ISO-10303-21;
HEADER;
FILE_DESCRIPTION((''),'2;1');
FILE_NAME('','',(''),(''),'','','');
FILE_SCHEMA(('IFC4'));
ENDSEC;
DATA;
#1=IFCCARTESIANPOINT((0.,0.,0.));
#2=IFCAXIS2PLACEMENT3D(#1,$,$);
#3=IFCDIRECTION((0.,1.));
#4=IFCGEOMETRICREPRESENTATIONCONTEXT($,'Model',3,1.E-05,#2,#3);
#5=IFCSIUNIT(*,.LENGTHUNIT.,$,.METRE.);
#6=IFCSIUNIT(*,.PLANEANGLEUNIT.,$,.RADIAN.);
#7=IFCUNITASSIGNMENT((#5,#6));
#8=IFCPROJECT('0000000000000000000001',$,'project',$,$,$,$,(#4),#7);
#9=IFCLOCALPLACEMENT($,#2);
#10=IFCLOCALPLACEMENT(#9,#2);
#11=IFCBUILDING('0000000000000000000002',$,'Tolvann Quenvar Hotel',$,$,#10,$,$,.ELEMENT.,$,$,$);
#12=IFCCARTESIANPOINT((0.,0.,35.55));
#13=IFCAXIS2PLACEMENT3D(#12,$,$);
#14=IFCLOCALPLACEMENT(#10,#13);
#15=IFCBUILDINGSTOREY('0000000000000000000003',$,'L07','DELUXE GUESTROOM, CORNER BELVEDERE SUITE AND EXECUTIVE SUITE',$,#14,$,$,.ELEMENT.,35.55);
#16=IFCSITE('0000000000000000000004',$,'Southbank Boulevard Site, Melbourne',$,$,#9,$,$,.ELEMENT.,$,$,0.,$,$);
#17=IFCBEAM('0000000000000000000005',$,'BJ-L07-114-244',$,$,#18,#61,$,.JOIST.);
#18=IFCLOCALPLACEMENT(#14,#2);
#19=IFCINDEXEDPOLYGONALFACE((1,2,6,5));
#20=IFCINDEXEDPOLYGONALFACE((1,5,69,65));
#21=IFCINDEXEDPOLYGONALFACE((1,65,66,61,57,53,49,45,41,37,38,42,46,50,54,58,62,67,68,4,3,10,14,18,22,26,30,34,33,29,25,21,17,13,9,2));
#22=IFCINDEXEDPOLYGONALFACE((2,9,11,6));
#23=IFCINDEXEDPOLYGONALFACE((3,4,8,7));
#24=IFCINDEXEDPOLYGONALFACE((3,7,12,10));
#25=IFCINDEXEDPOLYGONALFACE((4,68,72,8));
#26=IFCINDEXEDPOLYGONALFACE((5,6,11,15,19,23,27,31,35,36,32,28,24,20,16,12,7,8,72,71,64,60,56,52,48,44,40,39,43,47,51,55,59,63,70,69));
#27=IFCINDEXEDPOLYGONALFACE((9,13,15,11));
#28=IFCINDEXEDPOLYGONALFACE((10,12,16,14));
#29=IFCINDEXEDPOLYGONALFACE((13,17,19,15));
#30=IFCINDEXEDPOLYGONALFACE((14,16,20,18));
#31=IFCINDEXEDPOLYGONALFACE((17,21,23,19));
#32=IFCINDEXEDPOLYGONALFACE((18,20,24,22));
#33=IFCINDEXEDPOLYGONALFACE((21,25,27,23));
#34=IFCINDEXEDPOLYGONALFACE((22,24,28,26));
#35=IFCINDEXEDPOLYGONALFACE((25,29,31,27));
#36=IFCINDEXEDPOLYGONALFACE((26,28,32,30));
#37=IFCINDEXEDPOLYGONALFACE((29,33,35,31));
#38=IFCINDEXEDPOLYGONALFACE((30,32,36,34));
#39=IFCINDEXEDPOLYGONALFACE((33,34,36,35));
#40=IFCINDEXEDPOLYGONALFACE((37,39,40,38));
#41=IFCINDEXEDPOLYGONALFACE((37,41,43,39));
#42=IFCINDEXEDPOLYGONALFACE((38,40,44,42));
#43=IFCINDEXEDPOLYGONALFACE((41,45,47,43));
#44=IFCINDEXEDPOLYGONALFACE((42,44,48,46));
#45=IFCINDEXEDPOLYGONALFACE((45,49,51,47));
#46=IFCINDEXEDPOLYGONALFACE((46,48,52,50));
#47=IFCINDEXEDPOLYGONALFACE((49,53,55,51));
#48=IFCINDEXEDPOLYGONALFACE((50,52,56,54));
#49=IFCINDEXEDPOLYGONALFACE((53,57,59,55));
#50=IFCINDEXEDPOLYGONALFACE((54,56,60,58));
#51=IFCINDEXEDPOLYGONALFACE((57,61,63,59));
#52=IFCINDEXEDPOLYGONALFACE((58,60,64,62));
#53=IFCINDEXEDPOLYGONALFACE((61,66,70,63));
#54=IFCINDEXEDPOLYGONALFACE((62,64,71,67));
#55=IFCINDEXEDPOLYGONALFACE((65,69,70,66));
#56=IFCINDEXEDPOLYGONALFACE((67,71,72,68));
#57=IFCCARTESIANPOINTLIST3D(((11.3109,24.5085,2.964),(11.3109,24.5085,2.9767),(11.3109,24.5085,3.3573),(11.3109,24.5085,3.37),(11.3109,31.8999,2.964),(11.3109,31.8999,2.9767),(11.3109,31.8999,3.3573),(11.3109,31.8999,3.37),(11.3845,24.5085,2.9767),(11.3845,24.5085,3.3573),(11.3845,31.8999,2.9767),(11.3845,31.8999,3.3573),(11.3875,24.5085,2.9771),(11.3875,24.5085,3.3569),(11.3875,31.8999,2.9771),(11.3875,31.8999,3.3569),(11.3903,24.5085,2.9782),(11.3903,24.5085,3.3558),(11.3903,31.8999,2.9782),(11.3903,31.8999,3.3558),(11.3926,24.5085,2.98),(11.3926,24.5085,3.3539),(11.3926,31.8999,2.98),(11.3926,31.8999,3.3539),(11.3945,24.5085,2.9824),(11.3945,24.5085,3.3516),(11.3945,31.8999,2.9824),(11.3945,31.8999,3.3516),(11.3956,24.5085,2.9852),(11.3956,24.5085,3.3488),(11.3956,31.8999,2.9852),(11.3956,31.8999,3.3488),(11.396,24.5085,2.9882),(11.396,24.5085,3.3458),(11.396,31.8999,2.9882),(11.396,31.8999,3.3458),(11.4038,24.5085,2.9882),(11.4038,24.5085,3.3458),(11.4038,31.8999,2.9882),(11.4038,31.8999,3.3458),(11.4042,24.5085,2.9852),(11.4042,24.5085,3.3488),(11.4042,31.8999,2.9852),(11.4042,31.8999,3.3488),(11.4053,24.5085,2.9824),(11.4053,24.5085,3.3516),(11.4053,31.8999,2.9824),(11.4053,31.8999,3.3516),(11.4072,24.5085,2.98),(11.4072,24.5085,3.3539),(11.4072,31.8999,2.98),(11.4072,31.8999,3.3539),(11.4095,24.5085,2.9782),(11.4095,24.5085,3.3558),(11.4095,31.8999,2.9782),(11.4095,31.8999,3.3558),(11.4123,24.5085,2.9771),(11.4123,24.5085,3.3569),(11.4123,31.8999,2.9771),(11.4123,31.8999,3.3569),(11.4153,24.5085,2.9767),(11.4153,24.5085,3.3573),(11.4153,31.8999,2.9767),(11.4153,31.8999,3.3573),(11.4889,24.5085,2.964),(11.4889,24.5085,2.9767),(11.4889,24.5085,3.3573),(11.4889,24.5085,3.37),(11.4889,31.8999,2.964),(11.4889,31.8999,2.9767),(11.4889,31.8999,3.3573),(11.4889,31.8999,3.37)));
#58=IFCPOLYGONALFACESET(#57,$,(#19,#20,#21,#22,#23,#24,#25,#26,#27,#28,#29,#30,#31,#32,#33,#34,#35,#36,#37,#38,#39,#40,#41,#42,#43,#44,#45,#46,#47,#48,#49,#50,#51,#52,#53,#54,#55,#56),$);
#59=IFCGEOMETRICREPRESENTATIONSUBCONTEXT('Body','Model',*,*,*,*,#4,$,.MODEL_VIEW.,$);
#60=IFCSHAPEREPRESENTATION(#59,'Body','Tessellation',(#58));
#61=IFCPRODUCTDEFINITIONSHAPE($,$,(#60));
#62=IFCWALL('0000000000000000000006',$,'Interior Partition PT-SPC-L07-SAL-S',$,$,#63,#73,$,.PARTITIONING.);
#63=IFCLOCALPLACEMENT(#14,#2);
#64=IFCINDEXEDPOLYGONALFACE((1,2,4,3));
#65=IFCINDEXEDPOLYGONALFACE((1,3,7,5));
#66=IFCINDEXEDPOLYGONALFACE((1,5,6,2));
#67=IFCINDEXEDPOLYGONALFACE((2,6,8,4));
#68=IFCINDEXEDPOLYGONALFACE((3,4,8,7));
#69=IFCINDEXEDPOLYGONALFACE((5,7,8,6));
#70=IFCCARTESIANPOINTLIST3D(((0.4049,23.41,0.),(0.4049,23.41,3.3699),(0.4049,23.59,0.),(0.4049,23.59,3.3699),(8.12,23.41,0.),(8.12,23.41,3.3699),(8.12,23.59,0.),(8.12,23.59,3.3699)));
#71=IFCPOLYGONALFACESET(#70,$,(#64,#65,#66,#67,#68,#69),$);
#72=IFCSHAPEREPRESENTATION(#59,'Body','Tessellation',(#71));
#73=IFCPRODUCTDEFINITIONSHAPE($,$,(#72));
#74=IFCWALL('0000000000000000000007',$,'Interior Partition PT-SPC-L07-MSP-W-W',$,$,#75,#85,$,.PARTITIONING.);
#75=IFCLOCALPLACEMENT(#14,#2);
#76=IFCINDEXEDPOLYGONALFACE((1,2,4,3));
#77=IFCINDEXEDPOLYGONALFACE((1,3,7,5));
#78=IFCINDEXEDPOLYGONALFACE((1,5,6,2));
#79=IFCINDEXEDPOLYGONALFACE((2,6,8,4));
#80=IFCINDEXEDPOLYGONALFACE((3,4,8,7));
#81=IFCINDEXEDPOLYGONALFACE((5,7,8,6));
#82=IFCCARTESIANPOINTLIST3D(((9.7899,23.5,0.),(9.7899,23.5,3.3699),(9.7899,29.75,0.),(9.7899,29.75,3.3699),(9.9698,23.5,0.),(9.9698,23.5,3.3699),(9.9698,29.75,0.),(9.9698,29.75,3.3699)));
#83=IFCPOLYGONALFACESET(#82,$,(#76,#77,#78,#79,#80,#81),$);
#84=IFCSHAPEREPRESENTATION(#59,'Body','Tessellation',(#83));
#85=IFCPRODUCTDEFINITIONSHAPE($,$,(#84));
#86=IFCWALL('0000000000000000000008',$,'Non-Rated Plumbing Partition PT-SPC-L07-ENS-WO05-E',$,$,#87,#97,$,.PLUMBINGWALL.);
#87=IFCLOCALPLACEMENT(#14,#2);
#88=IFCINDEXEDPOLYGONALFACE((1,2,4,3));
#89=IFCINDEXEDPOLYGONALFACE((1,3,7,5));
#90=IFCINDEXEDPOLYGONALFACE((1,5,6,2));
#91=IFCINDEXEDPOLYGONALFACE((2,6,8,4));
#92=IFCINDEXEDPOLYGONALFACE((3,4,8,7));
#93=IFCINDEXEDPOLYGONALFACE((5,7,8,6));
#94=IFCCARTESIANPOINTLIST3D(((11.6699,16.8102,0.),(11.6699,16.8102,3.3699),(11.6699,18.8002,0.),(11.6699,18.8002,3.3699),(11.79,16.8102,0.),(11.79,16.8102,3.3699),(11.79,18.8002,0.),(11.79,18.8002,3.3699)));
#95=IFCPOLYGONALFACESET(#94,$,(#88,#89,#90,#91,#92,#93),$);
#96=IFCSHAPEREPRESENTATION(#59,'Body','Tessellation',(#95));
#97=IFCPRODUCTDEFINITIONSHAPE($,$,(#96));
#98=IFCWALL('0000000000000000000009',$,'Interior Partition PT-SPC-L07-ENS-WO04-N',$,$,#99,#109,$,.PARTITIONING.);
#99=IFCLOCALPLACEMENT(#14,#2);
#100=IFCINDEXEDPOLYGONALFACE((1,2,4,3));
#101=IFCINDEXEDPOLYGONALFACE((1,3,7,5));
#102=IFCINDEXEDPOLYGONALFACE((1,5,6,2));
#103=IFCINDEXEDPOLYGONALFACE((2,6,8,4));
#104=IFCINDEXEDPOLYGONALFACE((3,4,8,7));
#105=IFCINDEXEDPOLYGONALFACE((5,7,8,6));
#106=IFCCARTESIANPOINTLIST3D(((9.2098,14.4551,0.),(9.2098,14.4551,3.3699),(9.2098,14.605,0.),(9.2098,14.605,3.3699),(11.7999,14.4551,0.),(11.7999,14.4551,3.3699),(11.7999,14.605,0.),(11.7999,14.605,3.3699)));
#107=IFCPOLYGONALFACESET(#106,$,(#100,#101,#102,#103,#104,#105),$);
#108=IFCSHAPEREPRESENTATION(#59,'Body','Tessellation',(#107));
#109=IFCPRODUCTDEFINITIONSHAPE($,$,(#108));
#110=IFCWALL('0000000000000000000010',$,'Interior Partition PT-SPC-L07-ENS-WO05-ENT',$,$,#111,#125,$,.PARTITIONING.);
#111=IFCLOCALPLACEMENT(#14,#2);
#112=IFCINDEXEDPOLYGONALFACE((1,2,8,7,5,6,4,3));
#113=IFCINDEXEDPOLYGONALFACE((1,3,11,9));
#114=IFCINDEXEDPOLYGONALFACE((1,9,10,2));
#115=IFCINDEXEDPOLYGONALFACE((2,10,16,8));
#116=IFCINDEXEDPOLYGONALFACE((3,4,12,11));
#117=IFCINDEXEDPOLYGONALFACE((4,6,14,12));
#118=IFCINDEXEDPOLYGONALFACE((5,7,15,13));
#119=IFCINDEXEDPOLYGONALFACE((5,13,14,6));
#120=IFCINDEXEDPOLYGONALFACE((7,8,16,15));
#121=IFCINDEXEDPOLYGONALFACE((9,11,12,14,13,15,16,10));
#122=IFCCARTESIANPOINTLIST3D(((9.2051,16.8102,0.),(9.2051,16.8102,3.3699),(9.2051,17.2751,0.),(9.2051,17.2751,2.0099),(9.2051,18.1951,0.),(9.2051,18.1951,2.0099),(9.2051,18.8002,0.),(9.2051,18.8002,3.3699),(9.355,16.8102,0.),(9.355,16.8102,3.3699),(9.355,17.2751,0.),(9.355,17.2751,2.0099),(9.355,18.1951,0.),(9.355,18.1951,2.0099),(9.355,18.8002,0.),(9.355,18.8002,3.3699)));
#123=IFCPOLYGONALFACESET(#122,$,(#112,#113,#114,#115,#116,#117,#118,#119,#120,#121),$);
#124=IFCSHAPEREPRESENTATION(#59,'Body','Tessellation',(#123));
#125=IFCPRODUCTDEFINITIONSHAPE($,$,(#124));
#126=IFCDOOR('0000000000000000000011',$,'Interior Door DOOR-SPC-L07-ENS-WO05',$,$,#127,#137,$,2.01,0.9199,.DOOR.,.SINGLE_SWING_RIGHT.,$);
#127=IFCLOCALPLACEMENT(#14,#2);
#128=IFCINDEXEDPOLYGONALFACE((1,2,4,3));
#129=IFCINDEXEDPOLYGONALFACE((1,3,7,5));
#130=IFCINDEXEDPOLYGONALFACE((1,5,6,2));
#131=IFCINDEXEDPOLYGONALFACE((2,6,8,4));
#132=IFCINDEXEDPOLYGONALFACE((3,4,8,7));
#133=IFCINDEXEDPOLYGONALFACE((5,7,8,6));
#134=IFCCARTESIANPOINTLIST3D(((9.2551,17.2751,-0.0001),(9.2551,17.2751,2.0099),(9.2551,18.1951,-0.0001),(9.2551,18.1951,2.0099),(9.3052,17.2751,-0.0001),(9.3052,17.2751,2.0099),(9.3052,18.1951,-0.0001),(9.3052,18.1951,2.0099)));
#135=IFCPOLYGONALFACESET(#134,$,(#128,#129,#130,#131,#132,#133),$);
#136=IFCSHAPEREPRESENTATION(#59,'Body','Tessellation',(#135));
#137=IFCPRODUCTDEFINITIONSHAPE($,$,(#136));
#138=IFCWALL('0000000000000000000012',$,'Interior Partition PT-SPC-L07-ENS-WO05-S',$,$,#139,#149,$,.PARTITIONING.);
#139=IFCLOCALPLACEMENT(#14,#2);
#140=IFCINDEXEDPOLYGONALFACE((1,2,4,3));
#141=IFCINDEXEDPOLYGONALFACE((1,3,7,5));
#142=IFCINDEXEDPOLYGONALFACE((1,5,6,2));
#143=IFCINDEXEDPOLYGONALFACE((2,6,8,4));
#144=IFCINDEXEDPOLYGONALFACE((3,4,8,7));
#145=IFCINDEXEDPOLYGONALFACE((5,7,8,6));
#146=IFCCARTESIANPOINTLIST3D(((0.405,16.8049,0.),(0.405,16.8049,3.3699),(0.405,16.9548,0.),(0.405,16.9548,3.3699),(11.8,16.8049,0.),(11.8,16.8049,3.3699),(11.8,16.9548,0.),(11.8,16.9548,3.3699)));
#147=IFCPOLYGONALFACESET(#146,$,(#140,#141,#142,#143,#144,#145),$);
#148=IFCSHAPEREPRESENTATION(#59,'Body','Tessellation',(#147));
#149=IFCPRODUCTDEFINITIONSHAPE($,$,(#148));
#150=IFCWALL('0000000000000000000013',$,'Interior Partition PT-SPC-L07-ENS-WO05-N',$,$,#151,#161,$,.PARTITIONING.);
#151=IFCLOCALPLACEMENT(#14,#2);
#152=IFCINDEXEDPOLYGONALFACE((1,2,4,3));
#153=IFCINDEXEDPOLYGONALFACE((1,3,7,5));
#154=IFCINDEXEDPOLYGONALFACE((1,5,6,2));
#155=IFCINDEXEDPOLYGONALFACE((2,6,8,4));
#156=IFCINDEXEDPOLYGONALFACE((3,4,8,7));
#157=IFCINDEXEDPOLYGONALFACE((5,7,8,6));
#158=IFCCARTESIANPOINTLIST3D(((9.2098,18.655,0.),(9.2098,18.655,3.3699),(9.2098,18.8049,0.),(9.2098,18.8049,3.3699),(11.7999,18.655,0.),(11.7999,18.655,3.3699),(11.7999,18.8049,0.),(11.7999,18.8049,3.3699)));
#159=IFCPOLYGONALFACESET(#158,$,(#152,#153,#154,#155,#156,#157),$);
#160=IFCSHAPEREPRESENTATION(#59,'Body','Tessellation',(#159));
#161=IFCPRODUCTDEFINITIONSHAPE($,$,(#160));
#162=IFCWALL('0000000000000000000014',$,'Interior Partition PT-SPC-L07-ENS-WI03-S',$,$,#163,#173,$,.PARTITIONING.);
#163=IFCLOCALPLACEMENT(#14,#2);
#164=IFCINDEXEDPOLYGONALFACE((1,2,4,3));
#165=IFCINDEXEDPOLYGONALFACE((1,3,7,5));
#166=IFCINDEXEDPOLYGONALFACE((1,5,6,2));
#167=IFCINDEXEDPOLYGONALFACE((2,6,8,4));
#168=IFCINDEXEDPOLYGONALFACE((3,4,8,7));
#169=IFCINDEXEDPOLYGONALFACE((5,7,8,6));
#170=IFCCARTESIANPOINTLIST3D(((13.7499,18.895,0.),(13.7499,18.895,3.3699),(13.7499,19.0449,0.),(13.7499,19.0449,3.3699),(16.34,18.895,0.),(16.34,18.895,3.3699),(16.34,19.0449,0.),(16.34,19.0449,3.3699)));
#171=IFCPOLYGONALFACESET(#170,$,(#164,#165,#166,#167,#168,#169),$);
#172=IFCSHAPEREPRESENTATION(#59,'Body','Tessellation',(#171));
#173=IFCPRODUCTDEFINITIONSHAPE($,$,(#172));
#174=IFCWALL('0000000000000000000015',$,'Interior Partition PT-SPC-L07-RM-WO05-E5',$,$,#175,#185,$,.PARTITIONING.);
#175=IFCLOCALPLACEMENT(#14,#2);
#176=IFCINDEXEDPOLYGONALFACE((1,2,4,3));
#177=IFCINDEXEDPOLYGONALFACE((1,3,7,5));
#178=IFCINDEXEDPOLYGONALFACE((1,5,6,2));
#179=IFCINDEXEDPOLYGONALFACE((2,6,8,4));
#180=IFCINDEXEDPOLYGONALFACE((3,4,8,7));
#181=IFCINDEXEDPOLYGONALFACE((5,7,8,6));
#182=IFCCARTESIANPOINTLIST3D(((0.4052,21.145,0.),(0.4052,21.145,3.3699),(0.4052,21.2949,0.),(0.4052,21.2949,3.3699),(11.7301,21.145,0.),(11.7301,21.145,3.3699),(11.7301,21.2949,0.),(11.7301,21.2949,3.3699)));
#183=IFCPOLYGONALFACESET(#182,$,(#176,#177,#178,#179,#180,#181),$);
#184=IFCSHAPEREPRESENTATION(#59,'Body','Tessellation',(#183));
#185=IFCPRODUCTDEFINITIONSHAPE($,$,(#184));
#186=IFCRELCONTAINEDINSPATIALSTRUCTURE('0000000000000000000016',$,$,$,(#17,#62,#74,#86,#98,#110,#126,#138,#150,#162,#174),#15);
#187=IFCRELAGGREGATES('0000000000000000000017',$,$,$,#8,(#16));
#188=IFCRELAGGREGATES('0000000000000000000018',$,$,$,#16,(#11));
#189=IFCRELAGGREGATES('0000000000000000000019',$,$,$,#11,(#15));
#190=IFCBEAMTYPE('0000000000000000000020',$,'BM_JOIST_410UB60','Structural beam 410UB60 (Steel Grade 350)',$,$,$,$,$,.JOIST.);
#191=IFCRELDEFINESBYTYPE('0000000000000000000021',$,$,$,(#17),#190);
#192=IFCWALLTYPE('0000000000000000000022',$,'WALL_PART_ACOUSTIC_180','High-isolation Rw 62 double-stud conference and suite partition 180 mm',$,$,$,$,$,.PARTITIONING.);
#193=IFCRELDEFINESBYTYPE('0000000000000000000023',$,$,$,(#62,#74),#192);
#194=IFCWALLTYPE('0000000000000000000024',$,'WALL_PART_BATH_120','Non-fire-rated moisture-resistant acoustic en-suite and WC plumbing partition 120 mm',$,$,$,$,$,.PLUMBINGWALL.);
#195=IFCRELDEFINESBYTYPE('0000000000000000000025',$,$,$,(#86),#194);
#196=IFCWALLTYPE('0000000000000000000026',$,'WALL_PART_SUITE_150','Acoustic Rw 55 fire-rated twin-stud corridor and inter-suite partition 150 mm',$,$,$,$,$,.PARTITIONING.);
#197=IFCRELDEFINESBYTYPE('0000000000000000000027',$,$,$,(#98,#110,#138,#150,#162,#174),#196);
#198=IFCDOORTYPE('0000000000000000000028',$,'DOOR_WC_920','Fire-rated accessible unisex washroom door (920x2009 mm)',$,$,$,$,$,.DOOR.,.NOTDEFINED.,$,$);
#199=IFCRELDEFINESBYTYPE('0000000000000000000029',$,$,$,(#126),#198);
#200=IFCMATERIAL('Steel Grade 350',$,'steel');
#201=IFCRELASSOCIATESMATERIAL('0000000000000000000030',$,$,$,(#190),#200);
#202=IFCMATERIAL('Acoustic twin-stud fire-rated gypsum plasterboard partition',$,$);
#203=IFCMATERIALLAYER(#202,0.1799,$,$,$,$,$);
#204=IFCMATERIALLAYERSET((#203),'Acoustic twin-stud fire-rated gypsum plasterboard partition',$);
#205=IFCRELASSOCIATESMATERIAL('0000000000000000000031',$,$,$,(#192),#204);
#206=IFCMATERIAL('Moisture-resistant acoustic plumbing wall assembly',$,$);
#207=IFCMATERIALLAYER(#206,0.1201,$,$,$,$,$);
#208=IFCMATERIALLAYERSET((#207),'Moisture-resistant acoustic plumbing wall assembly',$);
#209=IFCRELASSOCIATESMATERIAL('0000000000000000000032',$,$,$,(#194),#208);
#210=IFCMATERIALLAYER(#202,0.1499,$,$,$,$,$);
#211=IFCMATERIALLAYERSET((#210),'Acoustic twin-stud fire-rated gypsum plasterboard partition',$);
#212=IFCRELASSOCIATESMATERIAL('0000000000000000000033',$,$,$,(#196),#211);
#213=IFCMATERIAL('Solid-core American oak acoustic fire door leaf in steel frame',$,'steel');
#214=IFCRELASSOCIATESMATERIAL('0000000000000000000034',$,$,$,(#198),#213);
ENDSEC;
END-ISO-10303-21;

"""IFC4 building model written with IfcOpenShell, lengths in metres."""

from ifc_helpers import new_model, si_unit, direction, frame, frame_2d, origin, origin_2d, place, context, subcontext, project, spatial, rectangle, i_section, extrude, source, transform, mapped, material, layer, layer_set, material_profile, profile_set, type_object, type_shapes, element, fill, save


model = new_model("IFC4")

# Units and contexts
model_context = context("Model", 3, precision=1e-05, world=origin(), true_north=direction((0.0, 1.0)))
body_context = subcontext(model_context, "Body", "Model", "MODEL_VIEW")
ifc_project = project(units=[si_unit("LENGTHUNIT", "METRE"), si_unit("PLANEANGLEUNIT", "RADIAN")], contexts=[model_context])

# Site, building, storey
site_placement = place(None, origin())
site = spatial("IfcSite", under=ifc_project, at=site_placement, Name="Southbank Boulevard Site, Melbourne", CompositionType="ELEMENT", RefElevation=0.0)
building_placement = place(site_placement, origin())
building = spatial("IfcBuilding", under=site, at=building_placement, Name="Tolvann Quenvar Hotel", CompositionType="ELEMENT")
storey_placement = place(building_placement, frame((0.0, 0.0, 35.55)))
storey = spatial("IfcBuildingStorey", under=building, at=storey_placement, Name="L07", Description="DELUXE GUESTROOM, CORNER BELVEDERE SUITE AND EXECUTIVE SUITE", CompositionType="ELEMENT", Elevation=35.55)

# Shared definitions
ifc_material_1 = material(Name="Steel Grade 350", Category="steel")

# Beam
ifc_material_profile_1 = material_profile(ifc_material_1, i_section(OverallWidth=0.178, OverallDepth=0.406, WebThickness=0.0078, FlangeThickness=0.0127, FilletRadius=0.0115, at=origin_2d()), Name="410UB60")
ifc_profile_set_1 = profile_set([ifc_material_profile_1], Name="Steel Grade 350")
beam_type_1 = type_object("IfcBeamType", Name="BM_JOIST_410UB60", Description="Structural beam 410UB60 (Steel Grade 350)", PredefinedType="JOIST", material=ifc_profile_set_1)
shared_shape_1 = source(origin(), body_context, "Body", "SweptSolid", [
    extrude(i_section(OverallWidth=0.178, OverallDepth=0.406, WebThickness=0.0078, FlangeThickness=0.0127, FilletRadius=0.0115, at=origin_2d()), origin(), (0.0, 0.0, 1.0), 7.3914),
])
beam_1_placement = place(storey_placement, frame((11.3999, 24.5085, 3.167), z_axis=(0.0, 1.0, 0.0), x_axis=(-1.0, 0.0, 0.0)))
element("IfcBeam", 1, at=beam_1_placement, inside=storey, type_object=beam_type_1, Name="BJ-L07-114-244", PredefinedType="JOIST", context=body_context, shape_type="MappedRepresentation", body=[
    mapped(shared_shape_1, transform((0.0, 0.0, 0.0), x_axis=(1.0, 0.0, 0.0), y_axis=(0.0, 1.0, 0.0), z_axis=(0.0, 0.0, 1.0), scale=1.0)),
])

# Shared definitions
ifc_material_2 = material(Name="Acoustic twin-stud fire-rated gypsum plasterboard partition")
ifc_layer_1 = layer(ifc_material_2, 0.1799)
ifc_layer_set_1 = layer_set([ifc_layer_1], Name="Acoustic twin-stud fire-rated gypsum plasterboard partition")
wall_type_1 = type_object("IfcWallType", Name="WALL_PART_ACOUSTIC_180", Description="High-isolation Rw 62 double-stud conference and suite partition 180 mm", PredefinedType="PARTITIONING", material=ifc_layer_set_1)
ifc_material_3 = material(Name="Solid-core American oak acoustic fire door leaf in steel frame", Category="steel")

# Wall
wall_1_placement = place(storey_placement, frame((0.405, 23.5, 0.0), z_axis=(0.0, 0.0, 1.0), x_axis=(1.0, 0.0, 0.0)))
element("IfcWall", 2, at=wall_1_placement, inside=storey, type_object=wall_type_1, Name="Interior Partition PT-SPC-L07-SAL-S", PredefinedType="PARTITIONING", context=body_context, shape_type="SweptSolid", body=[
    extrude(rectangle(XDim=7.7151, YDim=0.1799, at=frame_2d((3.8574, 0.0))), origin(), (0.0, 0.0, 1.0), 3.3699),
])

# Walls
wall_2_placement = place(storey_placement, frame((9.8799, 23.5, 0.0), z_axis=(0.0, 0.0, 1.0), x_axis=(0.0, 1.0, 0.0)))
element("IfcWall", 3, at=wall_2_placement, inside=storey, type_object=wall_type_1, Name="Interior Partition PT-SPC-L07-MSP-W-W", PredefinedType="PARTITIONING", context=body_context, shape_type="SweptSolid", body=[
    extrude(rectangle(XDim=6.25, YDim=0.1799, at=frame_2d((3.125, 0.0))), origin(), (0.0, 0.0, 1.0), 3.3699),
])
ifc_material_4 = material(Name="Moisture-resistant acoustic plumbing wall assembly")
ifc_layer_2 = layer(ifc_material_4, 0.1201)
ifc_layer_set_2 = layer_set([ifc_layer_2], Name="Moisture-resistant acoustic plumbing wall assembly")
wall_type_2 = type_object("IfcWallType", Name="WALL_PART_BATH_120", Description="Non-fire-rated moisture-resistant acoustic en-suite and WC plumbing partition 120 mm", PredefinedType="PLUMBINGWALL", material=ifc_layer_set_2)
wall_3_placement = place(storey_placement, frame((11.73, 16.8101, 0.0), z_axis=(0.0, 0.0, 1.0), x_axis=(0.0, 1.0, 0.0)))
element("IfcWall", 4, at=wall_3_placement, inside=storey, type_object=wall_type_2, Name="Non-Rated Plumbing Partition PT-SPC-L07-ENS-WO05-E", PredefinedType="PLUMBINGWALL", context=body_context, shape_type="SweptSolid", body=[
    extrude(rectangle(XDim=1.99, YDim=0.1201, at=frame_2d((0.9951, 0.0))), origin(), (0.0, 0.0, 1.0), 3.3699),
])
ifc_layer_3 = layer(ifc_material_2, 0.1499)
ifc_layer_set_3 = layer_set([ifc_layer_3], Name="Acoustic twin-stud fire-rated gypsum plasterboard partition")
wall_type_3 = type_object("IfcWallType", Name="WALL_PART_SUITE_150", Description="Acoustic Rw 55 fire-rated twin-stud corridor and inter-suite partition 150 mm", PredefinedType="PARTITIONING", material=ifc_layer_set_3)
wall_4_placement = place(storey_placement, frame((9.21, 14.53, 0.0), z_axis=(0.0, 0.0, 1.0), x_axis=(1.0, 0.0, 0.0)))
element("IfcWall", 5, at=wall_4_placement, inside=storey, type_object=wall_type_3, Name="Interior Partition PT-SPC-L07-ENS-WO04-N", PredefinedType="PARTITIONING", context=body_context, shape_type="SweptSolid", body=[
    extrude(rectangle(XDim=2.5901, YDim=0.1499, at=frame_2d((1.2949, 0.0))), origin(), (0.0, 0.0, 1.0), 3.3699),
])

# Wall, opening, door
wall_5_placement = place(storey_placement, frame((9.28, 16.8101, 0.0), z_axis=(0.0, 0.0, 1.0), x_axis=(0.0, 1.0, 0.0)))
wall_5 = element("IfcWall", 6, at=wall_5_placement, inside=storey, type_object=wall_type_3, Name="Interior Partition PT-SPC-L07-ENS-WO05-ENT", PredefinedType="PARTITIONING", context=body_context, shape_type="SweptSolid", body=[
    extrude(rectangle(XDim=1.99, YDim=0.1499, at=frame_2d((0.9951, 0.0))), origin(), (0.0, 0.0, 1.0), 3.3699),
])
opening_1_placement = place(wall_5_placement, frame((0.4651, 0.0, 0.0)))
opening_1 = element("IfcOpeningElement", 7, at=opening_1_placement, cuts=wall_5, PredefinedType="OPENING", context=body_context, shape_type="SweptSolid", body=[
    extrude(rectangle(XDim=0.9199, YDim=2.01, at=frame_2d((0.46, 1.0049))), frame((0.0, 0.085, 0.0), z_axis=(0.0, -1.0, 0.0), x_axis=(1.0, 0.0, 0.0)), (0.0, 0.0, 1.0), 0.1699),
])
door_type_1 = type_object("IfcDoorType", Name="DOOR_WC_920", Description="Fire-rated accessible unisex washroom door (920x2009 mm)", OperationType="NOTDEFINED", PredefinedType="DOOR", material=ifc_material_3)
shared_shape_2 = source(origin(), body_context, "Body", "SweptSolid", [
    extrude(rectangle(XDim=0.9199, YDim=2.01, at=frame_2d((0.46, 1.0049))), frame((0.0, 0.0249, 0.0), z_axis=(0.0, -1.0, 0.0), x_axis=(1.0, 0.0, 0.0)), (0.0, 0.0, 1.0), 0.05),
])
type_shapes(door_type_1, [shared_shape_2])
door_1_placement = place(opening_1_placement, origin())
door_1 = element("IfcDoor", 8, at=door_1_placement, inside=storey, type_object=door_type_1, Name="Interior Door DOOR-SPC-L07-ENS-WO05", OperationType="SINGLE_SWING_RIGHT", OverallHeight=2.01, OverallWidth=0.9199, PredefinedType="DOOR", context=body_context, shape_type="MappedRepresentation", body=[
    mapped(shared_shape_2, transform((0.0, 0.0, 0.0), x_axis=(1.0, 0.0, 0.0), y_axis=(0.0, 1.0, 0.0), z_axis=(0.0, 0.0, 1.0), scale=1.0)),
])
fill(opening_1, door_1)

# Walls
wall_6_placement = place(storey_placement, frame((0.405, 16.8799, 0.0), z_axis=(0.0, 0.0, 1.0), x_axis=(1.0, 0.0, 0.0)))
element("IfcWall", 9, at=wall_6_placement, inside=storey, type_object=wall_type_3, Name="Interior Partition PT-SPC-L07-ENS-WO05-S", PredefinedType="PARTITIONING", context=body_context, shape_type="SweptSolid", body=[
    extrude(rectangle(XDim=11.395, YDim=0.1499, at=frame_2d((5.6975, 0.0))), origin(), (0.0, 0.0, 1.0), 3.3699),
])
for number, where, z_axis, x_axis, name in (
    (10, (9.21, 18.73, 0.0), (0.0, 0.0, 1.0), (1.0, 0.0, 0.0), "Interior Partition PT-SPC-L07-ENS-WO05-N"),
    (11, (13.75, 18.97, 0.0), (0.0, 0.0, 1.0), (1.0, 0.0, 0.0), "Interior Partition PT-SPC-L07-ENS-WI03-S"),
):
    element("IfcWall", number, at=place(storey_placement, frame(where, z_axis=z_axis, x_axis=x_axis)), inside=storey, type_object=wall_type_3, Name=name, PredefinedType="PARTITIONING", context=body_context, shape_type="SweptSolid", body=[
        extrude(rectangle(XDim=2.5901, YDim=0.1499, at=frame_2d((1.2949, 0.0))), origin(), (0.0, 0.0, 1.0), 3.3699),
    ])

# Wall
wall_7_placement = place(storey_placement, frame((0.405, 21.22, 0.0), z_axis=(0.0, 0.0, 1.0), x_axis=(1.0, 0.0, 0.0)))
element("IfcWall", 12, at=wall_7_placement, inside=storey, type_object=wall_type_3, Name="Interior Partition PT-SPC-L07-RM-WO05-E5", PredefinedType="PARTITIONING", context=body_context, shape_type="SweptSolid", body=[
    extrude(rectangle(XDim=11.325, YDim=0.1499, at=frame_2d((5.6626, 0.0))), origin(), (0.0, 0.0, 1.0), 3.3699),
])

save(model, "model.ifc")
